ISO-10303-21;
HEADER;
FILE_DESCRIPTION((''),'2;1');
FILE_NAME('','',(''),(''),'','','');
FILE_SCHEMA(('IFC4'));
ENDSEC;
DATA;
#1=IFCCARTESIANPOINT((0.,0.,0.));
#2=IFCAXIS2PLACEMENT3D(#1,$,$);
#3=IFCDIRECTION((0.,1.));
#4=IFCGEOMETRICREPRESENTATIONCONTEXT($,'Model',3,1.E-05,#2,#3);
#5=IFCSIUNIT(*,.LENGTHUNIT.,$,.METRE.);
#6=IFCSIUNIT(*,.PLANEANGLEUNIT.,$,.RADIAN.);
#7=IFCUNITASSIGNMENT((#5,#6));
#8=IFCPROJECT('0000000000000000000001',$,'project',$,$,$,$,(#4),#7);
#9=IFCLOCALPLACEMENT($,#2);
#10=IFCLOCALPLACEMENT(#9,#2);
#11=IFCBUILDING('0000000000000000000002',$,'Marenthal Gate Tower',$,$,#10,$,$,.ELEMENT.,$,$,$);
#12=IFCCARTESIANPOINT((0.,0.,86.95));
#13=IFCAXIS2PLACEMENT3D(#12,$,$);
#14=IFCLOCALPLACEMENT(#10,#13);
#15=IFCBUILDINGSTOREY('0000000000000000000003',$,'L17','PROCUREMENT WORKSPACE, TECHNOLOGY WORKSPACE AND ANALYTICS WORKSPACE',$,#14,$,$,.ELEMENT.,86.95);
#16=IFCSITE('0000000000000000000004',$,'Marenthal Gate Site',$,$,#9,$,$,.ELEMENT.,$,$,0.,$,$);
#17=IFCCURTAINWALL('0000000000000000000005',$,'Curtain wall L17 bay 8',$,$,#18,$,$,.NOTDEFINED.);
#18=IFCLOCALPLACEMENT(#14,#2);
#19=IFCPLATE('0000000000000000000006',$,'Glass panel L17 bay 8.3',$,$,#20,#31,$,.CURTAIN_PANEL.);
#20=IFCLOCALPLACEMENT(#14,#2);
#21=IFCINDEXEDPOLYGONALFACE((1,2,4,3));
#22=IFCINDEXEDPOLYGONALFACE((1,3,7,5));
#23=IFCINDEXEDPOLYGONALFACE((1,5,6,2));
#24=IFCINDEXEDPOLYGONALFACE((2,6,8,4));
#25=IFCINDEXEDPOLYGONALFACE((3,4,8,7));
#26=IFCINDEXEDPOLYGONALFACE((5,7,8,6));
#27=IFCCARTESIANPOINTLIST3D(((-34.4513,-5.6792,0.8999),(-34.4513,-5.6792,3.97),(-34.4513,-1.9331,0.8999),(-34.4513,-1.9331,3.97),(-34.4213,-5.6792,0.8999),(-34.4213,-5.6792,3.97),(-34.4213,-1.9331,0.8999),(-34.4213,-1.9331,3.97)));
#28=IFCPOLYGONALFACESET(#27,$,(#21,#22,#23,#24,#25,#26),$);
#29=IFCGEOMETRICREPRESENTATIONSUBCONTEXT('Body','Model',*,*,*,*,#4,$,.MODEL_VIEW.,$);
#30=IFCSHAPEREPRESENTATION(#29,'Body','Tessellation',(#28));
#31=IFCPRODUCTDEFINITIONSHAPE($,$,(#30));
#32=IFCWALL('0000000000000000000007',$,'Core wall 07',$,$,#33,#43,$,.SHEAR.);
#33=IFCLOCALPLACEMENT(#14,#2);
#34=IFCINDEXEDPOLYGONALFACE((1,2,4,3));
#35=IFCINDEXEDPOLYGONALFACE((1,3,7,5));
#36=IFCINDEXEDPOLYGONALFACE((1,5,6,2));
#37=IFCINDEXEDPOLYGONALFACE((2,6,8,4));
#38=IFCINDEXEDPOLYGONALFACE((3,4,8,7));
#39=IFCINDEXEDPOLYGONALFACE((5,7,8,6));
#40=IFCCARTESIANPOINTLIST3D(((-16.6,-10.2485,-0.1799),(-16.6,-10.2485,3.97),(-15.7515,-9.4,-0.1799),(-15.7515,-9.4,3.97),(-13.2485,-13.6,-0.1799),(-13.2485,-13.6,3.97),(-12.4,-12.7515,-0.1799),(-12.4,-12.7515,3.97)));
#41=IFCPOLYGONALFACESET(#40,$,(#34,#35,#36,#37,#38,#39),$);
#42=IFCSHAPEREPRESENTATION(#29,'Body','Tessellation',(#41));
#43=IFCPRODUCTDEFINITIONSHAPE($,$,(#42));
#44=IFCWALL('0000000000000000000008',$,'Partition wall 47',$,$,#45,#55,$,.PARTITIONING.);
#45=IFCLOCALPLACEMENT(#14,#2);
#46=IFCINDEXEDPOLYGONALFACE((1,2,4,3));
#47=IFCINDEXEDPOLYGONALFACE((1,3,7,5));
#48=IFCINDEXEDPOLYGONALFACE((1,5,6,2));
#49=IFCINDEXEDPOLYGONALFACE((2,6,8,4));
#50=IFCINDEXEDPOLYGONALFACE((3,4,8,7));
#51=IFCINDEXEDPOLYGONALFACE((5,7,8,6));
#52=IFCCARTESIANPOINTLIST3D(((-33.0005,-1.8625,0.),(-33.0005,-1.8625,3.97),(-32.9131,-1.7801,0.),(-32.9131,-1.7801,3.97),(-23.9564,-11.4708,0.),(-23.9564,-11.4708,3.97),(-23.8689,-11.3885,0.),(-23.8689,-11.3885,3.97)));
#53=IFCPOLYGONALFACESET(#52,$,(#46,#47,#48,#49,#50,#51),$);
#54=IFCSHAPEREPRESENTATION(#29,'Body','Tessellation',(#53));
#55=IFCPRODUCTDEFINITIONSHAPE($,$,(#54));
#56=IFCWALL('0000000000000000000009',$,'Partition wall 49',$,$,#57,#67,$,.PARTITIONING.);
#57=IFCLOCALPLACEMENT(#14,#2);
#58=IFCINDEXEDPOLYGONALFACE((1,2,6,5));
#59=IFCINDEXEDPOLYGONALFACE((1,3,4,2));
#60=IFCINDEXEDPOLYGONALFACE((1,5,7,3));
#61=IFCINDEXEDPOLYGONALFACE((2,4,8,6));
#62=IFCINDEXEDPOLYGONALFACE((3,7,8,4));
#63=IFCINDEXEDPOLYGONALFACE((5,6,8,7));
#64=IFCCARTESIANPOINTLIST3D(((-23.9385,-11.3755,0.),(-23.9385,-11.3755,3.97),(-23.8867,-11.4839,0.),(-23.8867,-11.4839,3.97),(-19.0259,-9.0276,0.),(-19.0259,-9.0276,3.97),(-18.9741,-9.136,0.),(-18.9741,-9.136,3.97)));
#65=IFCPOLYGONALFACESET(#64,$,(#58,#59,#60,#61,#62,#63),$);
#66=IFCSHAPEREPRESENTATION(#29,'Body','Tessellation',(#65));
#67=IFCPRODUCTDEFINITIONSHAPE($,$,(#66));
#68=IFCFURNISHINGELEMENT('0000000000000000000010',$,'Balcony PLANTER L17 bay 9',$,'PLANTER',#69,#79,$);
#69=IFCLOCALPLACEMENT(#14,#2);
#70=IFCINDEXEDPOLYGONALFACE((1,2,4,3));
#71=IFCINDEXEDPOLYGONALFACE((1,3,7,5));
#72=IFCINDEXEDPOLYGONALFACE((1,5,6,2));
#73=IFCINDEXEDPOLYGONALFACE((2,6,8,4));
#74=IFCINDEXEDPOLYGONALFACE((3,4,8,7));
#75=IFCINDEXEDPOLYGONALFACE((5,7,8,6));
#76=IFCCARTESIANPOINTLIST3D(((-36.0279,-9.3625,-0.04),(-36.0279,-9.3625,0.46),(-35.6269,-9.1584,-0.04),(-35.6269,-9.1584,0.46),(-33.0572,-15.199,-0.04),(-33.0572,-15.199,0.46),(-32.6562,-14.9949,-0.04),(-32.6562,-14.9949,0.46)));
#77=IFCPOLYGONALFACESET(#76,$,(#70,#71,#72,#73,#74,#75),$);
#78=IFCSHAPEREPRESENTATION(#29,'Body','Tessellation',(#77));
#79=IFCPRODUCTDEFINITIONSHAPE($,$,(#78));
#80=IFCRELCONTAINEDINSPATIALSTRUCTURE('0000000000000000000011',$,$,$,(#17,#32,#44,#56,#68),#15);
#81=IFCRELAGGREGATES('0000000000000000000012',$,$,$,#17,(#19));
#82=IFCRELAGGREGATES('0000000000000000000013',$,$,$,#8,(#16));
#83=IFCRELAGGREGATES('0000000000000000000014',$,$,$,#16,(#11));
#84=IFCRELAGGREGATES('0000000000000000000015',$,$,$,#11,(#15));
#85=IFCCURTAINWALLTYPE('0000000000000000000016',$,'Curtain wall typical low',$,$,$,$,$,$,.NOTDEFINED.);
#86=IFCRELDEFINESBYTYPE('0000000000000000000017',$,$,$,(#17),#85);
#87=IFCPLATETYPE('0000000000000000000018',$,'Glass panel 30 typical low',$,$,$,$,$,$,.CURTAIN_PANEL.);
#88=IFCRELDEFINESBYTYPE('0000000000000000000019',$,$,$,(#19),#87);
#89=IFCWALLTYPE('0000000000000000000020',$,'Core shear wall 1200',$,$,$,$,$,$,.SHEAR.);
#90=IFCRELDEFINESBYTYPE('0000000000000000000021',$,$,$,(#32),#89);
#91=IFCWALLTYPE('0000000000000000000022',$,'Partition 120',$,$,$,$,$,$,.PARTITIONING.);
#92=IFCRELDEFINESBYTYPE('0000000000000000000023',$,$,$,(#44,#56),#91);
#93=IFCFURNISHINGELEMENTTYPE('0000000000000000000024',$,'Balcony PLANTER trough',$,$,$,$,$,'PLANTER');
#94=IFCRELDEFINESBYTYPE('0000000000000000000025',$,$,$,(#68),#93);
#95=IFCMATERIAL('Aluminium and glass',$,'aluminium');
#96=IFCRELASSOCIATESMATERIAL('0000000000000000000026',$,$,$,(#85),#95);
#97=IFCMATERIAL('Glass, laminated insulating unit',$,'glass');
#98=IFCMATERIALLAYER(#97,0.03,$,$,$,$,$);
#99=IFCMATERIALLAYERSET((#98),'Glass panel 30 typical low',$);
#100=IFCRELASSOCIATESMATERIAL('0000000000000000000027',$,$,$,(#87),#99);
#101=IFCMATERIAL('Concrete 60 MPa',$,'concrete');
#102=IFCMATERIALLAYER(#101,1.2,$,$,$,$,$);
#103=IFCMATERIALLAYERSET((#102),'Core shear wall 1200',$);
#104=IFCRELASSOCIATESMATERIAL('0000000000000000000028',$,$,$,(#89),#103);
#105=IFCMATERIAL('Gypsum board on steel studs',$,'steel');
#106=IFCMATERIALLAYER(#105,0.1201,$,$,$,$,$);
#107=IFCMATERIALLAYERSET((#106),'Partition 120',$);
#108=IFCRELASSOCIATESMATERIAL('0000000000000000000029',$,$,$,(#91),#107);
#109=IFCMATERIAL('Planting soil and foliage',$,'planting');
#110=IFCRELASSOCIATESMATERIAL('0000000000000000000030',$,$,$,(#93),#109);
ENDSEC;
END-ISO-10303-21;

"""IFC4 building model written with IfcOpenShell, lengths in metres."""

from ifc_helpers import new_model, si_unit, direction, frame, frame_2d, origin, origin_2d, place, context, subcontext, project, spatial, rectangle, extrude, material, layer, layer_set, type_object, element, aggregate, save


model = new_model("IFC4")

# Units and contexts
model_context = context("Model", 3, precision=1e-05, world=origin(), true_north=direction((0.0, 1.0)))
body_context = subcontext(model_context, "Body", "Model", "MODEL_VIEW")
ifc_project = project(units=[si_unit("LENGTHUNIT", "METRE"), si_unit("PLANEANGLEUNIT", "RADIAN")], contexts=[model_context])

# Site, building, storey
site_placement = place(None, origin())
site = spatial("IfcSite", under=ifc_project, at=site_placement, Name="Marenthal Gate Site", CompositionType="ELEMENT", RefElevation=0.0)
building_placement = place(site_placement, origin())
building = spatial("IfcBuilding", under=site, at=building_placement, Name="Marenthal Gate Tower", CompositionType="ELEMENT")
storey_placement = place(building_placement, frame((0.0, 0.0, 86.95)))
storey = spatial("IfcBuildingStorey", under=building, at=storey_placement, Name="L17", Description="PROCUREMENT WORKSPACE, TECHNOLOGY WORKSPACE AND ANALYTICS WORKSPACE", CompositionType="ELEMENT", Elevation=86.95)

# Curtain wall
ifc_material_1 = material(Name="Aluminium and glass", Category="aluminium")
curtain_wall_type = type_object("IfcCurtainWallType", Name="Curtain wall typical low", PredefinedType="NOTDEFINED", material=ifc_material_1)
curtain_wall_placement = place(storey_placement, origin())
curtain_wall = element("IfcCurtainWall", 1, at=curtain_wall_placement, inside=storey, type_object=curtain_wall_type, Name="Curtain wall L17 bay 8", PredefinedType="NOTDEFINED")

# Plate
ifc_material_2 = material(Name="Glass, laminated insulating unit", Category="glass")
ifc_layer_1 = layer(ifc_material_2, 0.03)
ifc_layer_set_1 = layer_set([ifc_layer_1], Name="Glass panel 30 typical low")
plate_type = type_object("IfcPlateType", Name="Glass panel 30 typical low", PredefinedType="CURTAIN_PANEL", material=ifc_layer_set_1)
plate_placement = place(storey_placement, frame((-34.4363, -3.8062, 0.8999), z_axis=(0.0, 0.0, 1.0), x_axis=(0.0, -1.0, 0.0)))
plate = element("IfcPlate", 2, at=plate_placement, type_object=plate_type, Name="Glass panel L17 bay 8.3", PredefinedType="CURTAIN_PANEL", context=body_context, shape_type="SweptSolid", body=[
    extrude(rectangle(XDim=3.7461, YDim=0.03, at=origin_2d()), origin(), (0.0, 0.0, 1.0), 3.0701),
])
aggregate(curtain_wall, [plate])

# Walls
ifc_material_3 = material(Name="Concrete 60 MPa", Category="concrete")
ifc_layer_2 = layer(ifc_material_3, 1.2)
ifc_layer_set_2 = layer_set([ifc_layer_2], Name="Core shear wall 1200")
wall_type_1 = type_object("IfcWallType", Name="Core shear wall 1200", PredefinedType="SHEAR", material=ifc_layer_set_2)
wall_1_placement = place(storey_placement, frame((-16.1758, -9.8242, -0.1799), z_axis=(0.0, 0.0, 1.0), x_axis=(0.707107, -0.707107, 0.0)))
element("IfcWall", 3, at=wall_1_placement, inside=storey, type_object=wall_type_1, Name="Core wall 07", PredefinedType="SHEAR", context=body_context, shape_type="SweptSolid", body=[
    extrude(rectangle(XDim=4.7397, YDim=1.2, at=frame_2d((2.3699, 0.0))), origin(), (0.0, 0.0, 1.0), 4.1499),
])
ifc_material_4 = material(Name="Gypsum board on steel studs", Category="steel")
ifc_layer_3 = layer(ifc_material_4, 0.1201)
ifc_layer_set_3 = layer_set([ifc_layer_3], Name="Partition 120")
wall_type_2 = type_object("IfcWallType", Name="Partition 120", PredefinedType="PARTITIONING", material=ifc_layer_set_3)
wall_2_placement = place(storey_placement, frame((-32.9568, -1.8213, 0.0), z_axis=(0.0, 0.0, 1.0), x_axis=(0.685405, -0.728163, 0.0)))
element("IfcWall", 4, at=wall_2_placement, inside=storey, type_object=wall_type_2, Name="Partition wall 47", PredefinedType="PARTITIONING", context=body_context, shape_type="SweptSolid", body=[
    extrude(rectangle(XDim=13.1953, YDim=0.1201, at=frame_2d((6.5977, 0.0))), origin(), (0.0, 0.0, 1.0), 3.97),
])
wall_3_placement = place(storey_placement, frame((-23.9126, -11.4297, 0.0), z_axis=(0.0, 0.0, 1.0), x_axis=(0.902249, 0.431216, 0.0)))
element("IfcWall", 5, at=wall_3_placement, inside=storey, type_object=wall_type_2, Name="Partition wall 49", PredefinedType="PARTITIONING", context=body_context, shape_type="SweptSolid", body=[
    extrude(rectangle(XDim=5.4448, YDim=0.1201, at=frame_2d((2.7224, 0.0))), origin(), (0.0, 0.0, 1.0), 3.97),
])

# Furnishing element
ifc_material_5 = material(Name="Planting soil and foliage", Category="planting")
furnishing_element_type = type_object("IfcFurnishingElementType", Name="Balcony PLANTER trough", ElementType="PLANTER", material=ifc_material_5)
furnishing_placement = place(storey_placement, frame((-34.342, -12.1787, -0.04), z_axis=(0.0, 0.0, 1.0), x_axis=(0.453616, -0.891197, 0.0)))
element("IfcFurnishingElement", 6, at=furnishing_placement, inside=storey, type_object=furnishing_element_type, Name="Balcony PLANTER L17 bay 9", ObjectType="PLANTER", context=body_context, shape_type="SweptSolid", body=[
    extrude(rectangle(XDim=6.5491, YDim=0.45, at=origin_2d()), origin(), (0.0, 0.0, 1.0), 0.5),
])

save(model, "model.ifc")
